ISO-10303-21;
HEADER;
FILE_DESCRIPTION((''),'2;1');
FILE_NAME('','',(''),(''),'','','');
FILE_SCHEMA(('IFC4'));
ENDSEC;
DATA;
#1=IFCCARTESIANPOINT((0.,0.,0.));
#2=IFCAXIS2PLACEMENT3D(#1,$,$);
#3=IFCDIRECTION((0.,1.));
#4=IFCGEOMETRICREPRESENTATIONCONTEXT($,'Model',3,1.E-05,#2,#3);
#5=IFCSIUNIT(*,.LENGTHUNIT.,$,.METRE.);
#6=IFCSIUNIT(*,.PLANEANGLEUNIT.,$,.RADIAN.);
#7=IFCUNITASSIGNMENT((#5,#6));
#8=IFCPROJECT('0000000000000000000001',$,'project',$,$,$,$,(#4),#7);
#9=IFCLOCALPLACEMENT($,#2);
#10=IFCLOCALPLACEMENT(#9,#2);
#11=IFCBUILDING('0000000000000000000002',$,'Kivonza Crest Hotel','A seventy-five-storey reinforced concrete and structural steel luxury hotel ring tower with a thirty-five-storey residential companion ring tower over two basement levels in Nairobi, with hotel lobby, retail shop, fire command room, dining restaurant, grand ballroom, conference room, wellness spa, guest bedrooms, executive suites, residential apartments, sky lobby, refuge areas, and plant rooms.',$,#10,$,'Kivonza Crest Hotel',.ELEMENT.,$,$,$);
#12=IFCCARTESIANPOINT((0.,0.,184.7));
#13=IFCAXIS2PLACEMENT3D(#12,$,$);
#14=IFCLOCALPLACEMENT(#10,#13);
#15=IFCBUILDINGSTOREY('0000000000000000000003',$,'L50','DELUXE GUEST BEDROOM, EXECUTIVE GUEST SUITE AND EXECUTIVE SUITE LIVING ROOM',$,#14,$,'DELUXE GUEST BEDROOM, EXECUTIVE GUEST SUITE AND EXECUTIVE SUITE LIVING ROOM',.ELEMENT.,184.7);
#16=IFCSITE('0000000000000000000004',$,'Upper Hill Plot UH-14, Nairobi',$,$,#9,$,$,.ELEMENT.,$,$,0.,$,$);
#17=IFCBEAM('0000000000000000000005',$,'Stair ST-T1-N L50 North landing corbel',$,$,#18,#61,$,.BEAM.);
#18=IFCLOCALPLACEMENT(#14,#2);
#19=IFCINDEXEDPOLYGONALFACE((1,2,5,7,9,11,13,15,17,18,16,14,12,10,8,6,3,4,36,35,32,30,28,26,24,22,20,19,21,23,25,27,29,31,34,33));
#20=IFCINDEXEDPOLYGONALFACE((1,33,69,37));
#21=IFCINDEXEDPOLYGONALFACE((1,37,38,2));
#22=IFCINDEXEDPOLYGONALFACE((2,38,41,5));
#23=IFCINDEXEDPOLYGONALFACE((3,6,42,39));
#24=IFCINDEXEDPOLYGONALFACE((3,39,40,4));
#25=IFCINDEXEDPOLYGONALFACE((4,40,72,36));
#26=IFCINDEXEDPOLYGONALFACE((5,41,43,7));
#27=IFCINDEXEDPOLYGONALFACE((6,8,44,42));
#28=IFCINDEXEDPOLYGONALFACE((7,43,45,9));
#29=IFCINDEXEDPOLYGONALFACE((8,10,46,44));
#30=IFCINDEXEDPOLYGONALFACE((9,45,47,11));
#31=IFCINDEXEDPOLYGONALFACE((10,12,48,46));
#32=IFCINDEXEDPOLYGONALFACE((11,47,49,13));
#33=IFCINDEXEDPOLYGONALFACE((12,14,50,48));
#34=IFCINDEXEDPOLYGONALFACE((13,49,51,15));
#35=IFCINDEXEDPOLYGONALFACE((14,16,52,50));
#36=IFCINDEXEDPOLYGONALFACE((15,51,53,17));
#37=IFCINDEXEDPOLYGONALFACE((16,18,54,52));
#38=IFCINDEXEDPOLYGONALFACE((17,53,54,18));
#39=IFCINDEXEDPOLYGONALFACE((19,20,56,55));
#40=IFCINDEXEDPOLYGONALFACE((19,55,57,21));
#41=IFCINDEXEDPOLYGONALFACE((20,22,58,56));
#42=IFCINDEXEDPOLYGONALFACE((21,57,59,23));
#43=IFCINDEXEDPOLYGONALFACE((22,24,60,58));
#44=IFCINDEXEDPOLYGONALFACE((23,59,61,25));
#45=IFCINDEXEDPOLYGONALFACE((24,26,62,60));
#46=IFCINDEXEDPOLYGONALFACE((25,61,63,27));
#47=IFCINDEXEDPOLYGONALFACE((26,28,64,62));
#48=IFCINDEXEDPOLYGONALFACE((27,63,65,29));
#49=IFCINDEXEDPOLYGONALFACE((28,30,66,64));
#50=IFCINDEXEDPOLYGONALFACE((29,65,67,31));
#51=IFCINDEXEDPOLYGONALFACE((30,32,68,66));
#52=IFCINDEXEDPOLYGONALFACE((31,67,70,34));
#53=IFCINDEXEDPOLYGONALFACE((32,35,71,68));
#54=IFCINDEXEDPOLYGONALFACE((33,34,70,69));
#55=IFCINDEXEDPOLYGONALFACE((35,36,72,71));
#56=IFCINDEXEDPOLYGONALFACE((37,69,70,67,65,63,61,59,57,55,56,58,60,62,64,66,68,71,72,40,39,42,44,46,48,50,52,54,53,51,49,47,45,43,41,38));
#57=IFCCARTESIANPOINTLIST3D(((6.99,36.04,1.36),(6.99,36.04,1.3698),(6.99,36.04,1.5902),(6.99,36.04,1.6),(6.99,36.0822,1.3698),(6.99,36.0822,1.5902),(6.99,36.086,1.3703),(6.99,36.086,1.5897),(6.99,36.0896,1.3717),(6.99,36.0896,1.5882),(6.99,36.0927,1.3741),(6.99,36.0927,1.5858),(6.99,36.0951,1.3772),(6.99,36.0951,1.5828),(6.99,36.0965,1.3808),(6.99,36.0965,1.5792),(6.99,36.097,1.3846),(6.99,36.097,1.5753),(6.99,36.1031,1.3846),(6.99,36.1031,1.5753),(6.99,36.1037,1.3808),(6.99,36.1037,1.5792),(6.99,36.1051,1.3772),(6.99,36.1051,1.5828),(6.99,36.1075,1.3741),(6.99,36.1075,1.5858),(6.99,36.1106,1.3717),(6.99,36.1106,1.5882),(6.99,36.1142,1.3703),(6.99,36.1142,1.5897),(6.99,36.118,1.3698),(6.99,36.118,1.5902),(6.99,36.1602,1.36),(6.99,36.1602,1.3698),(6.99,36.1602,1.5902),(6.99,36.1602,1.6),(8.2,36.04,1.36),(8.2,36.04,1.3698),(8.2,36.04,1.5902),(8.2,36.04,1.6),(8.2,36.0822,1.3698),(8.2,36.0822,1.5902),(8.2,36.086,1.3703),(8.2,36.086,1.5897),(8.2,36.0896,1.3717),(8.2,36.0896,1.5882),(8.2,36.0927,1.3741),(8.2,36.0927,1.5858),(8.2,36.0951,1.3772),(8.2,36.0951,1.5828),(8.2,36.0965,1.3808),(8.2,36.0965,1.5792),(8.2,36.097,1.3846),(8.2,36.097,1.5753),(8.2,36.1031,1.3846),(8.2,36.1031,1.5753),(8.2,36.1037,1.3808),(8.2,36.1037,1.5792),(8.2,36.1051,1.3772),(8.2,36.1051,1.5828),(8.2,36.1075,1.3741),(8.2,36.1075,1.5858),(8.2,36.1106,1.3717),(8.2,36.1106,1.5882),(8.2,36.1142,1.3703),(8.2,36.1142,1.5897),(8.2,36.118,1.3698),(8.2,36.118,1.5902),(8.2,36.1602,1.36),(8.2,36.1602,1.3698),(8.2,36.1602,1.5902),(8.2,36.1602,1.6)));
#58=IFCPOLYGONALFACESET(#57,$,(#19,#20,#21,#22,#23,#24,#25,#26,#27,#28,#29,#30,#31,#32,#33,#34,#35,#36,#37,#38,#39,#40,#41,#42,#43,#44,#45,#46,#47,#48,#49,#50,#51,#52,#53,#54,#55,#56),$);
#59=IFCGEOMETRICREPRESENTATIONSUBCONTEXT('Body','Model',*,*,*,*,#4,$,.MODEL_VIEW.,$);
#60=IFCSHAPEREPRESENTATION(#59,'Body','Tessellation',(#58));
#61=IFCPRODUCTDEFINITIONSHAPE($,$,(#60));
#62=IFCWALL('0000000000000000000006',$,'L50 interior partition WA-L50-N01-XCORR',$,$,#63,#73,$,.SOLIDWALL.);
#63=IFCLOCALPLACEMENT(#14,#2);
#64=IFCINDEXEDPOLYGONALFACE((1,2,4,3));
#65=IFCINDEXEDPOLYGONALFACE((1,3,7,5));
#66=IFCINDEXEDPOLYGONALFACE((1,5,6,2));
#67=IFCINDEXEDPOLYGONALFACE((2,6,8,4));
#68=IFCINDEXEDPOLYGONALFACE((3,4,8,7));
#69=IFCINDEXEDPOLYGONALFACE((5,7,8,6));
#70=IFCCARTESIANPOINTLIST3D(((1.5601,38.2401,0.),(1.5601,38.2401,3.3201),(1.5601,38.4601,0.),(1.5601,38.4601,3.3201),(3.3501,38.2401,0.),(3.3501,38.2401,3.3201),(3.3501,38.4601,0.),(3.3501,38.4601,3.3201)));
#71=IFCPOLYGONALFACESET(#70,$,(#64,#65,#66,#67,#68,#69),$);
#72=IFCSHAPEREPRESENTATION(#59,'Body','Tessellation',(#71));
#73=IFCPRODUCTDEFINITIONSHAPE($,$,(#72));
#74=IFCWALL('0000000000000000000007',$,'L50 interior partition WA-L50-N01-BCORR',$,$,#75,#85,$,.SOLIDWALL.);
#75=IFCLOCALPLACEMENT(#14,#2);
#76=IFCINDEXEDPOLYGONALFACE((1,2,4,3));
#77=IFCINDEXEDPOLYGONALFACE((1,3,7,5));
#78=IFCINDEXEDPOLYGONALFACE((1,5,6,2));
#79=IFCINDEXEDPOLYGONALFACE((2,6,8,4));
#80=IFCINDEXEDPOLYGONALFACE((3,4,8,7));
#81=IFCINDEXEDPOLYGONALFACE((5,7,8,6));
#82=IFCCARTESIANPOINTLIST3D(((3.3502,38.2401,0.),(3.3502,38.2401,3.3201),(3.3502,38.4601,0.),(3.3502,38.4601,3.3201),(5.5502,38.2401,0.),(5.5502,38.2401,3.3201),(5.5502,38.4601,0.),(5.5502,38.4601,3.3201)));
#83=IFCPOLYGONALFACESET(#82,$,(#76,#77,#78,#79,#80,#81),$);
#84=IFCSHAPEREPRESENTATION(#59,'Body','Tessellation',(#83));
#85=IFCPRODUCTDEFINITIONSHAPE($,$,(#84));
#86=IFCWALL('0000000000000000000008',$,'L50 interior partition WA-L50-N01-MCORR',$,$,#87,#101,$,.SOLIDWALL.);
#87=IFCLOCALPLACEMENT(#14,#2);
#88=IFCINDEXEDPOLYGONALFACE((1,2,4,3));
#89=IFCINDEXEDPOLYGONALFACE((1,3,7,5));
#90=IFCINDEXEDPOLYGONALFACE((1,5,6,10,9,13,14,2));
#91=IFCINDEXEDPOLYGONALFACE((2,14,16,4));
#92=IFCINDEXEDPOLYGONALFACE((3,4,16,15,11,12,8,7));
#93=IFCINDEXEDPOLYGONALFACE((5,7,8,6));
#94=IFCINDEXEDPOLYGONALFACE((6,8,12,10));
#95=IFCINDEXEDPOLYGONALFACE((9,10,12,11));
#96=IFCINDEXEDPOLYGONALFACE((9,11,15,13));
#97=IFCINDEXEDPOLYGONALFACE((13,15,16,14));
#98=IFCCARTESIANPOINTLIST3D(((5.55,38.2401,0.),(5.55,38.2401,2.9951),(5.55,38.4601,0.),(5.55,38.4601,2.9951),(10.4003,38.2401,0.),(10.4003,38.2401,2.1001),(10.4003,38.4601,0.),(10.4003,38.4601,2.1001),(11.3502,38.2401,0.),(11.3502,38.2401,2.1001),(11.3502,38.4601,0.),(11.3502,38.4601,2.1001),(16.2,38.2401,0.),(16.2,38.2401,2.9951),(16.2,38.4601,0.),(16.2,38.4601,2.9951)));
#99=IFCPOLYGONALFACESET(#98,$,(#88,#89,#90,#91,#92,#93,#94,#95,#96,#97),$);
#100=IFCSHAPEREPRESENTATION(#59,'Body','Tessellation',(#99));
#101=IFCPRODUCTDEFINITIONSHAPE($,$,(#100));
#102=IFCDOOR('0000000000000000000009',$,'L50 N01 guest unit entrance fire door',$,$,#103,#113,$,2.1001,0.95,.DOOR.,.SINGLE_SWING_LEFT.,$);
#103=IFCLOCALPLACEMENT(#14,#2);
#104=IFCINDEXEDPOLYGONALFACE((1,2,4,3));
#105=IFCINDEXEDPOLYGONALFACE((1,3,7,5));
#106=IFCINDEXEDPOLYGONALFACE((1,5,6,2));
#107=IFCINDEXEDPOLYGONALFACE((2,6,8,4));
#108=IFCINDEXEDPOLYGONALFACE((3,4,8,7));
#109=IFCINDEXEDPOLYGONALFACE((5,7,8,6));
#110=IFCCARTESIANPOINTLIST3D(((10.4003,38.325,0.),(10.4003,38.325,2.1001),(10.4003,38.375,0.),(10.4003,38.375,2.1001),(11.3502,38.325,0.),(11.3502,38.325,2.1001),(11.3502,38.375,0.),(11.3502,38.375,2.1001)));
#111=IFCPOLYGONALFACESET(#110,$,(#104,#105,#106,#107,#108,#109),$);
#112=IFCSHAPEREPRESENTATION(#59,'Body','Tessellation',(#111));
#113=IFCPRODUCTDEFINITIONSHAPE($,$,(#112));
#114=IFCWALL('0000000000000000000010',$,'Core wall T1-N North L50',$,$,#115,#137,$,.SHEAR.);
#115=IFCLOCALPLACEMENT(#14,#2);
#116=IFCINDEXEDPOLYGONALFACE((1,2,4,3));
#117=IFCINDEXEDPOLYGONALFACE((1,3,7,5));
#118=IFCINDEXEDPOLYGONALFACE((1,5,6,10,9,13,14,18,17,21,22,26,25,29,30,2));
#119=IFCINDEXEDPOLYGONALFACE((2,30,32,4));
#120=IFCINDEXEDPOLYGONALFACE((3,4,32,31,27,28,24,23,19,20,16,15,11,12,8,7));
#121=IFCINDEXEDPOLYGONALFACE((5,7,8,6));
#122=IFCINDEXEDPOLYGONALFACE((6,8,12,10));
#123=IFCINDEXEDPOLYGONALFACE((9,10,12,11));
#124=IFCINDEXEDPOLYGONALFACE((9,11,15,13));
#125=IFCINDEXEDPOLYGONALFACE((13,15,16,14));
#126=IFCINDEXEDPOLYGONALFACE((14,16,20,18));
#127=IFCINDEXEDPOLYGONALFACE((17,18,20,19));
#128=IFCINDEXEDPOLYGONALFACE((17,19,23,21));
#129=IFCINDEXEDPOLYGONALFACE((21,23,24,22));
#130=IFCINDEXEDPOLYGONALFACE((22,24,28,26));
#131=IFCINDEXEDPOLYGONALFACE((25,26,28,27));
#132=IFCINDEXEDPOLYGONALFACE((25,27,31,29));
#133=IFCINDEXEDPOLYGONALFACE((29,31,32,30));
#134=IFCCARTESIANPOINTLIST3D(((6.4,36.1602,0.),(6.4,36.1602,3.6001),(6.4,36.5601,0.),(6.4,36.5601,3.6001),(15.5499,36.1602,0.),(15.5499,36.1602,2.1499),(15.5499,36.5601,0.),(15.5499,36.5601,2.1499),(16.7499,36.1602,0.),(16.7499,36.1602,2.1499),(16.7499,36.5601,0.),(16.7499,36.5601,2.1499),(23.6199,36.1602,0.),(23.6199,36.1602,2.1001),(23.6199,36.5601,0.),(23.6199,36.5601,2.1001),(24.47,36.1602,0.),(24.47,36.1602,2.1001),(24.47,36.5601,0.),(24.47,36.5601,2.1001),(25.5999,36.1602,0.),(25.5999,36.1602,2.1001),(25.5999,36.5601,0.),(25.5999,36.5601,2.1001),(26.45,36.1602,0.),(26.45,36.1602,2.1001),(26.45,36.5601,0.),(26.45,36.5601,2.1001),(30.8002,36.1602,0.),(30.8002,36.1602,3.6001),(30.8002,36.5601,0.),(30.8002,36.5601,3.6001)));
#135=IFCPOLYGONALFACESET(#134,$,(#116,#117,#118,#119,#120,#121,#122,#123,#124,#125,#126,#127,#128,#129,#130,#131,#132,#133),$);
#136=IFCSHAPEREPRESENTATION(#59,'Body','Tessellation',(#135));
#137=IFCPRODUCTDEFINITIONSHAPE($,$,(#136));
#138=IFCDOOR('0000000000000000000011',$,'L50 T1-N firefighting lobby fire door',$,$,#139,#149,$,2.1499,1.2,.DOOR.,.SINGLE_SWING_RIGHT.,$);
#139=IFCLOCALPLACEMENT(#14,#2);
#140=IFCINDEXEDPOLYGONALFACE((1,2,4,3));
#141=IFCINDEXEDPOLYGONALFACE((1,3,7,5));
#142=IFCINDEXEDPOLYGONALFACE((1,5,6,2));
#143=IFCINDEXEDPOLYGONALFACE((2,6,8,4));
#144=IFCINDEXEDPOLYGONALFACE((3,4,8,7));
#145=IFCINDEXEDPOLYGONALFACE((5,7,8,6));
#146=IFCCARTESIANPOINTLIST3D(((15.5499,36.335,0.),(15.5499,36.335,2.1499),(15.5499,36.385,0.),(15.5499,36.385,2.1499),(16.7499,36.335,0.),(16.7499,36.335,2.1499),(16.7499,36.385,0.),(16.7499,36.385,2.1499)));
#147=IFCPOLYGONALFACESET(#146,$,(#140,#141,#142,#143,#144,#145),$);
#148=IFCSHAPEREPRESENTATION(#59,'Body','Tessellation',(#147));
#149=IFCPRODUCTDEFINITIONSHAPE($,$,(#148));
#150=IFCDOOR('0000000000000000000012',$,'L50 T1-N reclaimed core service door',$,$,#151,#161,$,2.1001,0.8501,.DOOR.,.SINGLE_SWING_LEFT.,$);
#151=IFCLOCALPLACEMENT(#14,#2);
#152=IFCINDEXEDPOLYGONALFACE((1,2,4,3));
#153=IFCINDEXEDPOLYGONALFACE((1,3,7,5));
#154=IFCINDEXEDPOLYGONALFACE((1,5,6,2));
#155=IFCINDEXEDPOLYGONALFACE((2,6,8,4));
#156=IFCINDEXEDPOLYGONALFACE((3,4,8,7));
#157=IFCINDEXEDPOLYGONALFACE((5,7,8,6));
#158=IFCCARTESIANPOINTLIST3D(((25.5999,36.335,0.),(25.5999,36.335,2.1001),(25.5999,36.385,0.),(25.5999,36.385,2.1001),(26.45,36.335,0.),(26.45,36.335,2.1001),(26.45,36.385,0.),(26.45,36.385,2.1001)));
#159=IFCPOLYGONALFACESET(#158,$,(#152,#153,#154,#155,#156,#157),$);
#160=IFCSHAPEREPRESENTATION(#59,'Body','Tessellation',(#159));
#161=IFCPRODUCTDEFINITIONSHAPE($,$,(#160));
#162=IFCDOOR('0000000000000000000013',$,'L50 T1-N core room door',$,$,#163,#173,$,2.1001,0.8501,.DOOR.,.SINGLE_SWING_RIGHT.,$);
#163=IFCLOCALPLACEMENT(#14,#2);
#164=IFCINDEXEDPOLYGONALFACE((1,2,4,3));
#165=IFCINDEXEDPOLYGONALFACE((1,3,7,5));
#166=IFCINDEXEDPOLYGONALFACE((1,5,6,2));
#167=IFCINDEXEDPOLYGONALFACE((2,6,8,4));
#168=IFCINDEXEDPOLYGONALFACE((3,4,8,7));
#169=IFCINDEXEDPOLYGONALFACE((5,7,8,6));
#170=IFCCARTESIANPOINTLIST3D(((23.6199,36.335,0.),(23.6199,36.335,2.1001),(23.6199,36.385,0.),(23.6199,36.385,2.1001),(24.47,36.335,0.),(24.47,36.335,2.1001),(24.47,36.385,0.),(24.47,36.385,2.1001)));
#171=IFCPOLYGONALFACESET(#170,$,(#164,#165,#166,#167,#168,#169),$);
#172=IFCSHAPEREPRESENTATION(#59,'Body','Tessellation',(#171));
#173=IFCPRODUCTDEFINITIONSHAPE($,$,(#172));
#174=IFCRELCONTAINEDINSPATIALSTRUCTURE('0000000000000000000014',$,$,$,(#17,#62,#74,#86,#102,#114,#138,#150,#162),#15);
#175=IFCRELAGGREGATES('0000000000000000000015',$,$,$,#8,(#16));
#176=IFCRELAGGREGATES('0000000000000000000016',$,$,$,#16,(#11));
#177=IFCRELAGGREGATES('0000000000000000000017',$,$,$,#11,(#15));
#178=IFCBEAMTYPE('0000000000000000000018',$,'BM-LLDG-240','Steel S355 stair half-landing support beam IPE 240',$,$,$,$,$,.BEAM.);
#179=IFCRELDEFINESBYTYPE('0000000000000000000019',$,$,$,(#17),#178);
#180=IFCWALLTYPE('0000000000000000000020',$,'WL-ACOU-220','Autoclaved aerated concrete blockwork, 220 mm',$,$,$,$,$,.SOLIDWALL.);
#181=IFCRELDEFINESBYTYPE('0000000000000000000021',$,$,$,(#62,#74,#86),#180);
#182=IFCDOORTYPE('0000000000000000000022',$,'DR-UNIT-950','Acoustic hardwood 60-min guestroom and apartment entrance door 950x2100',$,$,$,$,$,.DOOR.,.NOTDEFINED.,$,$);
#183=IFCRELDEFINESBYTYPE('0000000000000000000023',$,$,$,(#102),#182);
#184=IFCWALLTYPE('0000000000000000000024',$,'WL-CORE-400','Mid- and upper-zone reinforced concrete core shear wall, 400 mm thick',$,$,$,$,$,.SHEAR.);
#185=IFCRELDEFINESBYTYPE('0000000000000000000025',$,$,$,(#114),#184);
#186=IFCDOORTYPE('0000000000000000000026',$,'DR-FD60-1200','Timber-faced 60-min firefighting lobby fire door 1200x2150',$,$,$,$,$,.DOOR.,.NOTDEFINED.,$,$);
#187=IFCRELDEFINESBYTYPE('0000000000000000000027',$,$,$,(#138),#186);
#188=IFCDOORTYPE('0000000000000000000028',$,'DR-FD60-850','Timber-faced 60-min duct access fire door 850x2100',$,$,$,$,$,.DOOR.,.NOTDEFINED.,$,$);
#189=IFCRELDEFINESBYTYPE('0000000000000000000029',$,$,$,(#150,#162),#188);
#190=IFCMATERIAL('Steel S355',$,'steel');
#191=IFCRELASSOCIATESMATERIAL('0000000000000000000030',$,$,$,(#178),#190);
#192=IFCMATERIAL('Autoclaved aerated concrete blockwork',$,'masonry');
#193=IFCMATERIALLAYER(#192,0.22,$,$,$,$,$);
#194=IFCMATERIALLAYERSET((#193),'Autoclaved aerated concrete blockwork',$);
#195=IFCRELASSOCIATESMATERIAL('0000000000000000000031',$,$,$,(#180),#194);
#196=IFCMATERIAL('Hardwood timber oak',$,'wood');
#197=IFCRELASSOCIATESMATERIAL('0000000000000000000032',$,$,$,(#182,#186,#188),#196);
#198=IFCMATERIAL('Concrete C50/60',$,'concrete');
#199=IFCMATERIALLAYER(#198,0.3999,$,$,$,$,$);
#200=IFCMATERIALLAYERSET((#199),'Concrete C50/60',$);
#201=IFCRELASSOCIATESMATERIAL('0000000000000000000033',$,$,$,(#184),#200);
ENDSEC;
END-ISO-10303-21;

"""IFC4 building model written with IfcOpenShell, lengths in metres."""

from ifc_helpers import new_model, si_unit, direction, frame, frame_2d, origin, origin_2d, place, context, subcontext, project, spatial, rectangle, i_section, extrude, material, layer, layer_set, material_profile, profile_set, type_object, element, fill, save


model = new_model("IFC4")

# Units and contexts
model_context = context("Model", 3, precision=1e-05, world=origin(), true_north=direction((0.0, 1.0)))
body_context = subcontext(model_context, "Body", "Model", "MODEL_VIEW")
ifc_project = project(units=[si_unit("LENGTHUNIT", "METRE"), si_unit("PLANEANGLEUNIT", "RADIAN")], contexts=[model_context])

# Site, building, storey
site_placement = place(None, origin())
site = spatial("IfcSite", under=ifc_project, at=site_placement, Name="Upper Hill Plot UH-14, Nairobi", CompositionType="ELEMENT", RefElevation=0.0)
building_placement = place(site_placement, origin())
building = spatial("IfcBuilding", under=site, at=building_placement, Name="Kivonza Crest Hotel", Description="A seventy-five-storey reinforced concrete and structural steel luxury hotel ring tower with a thirty-five-storey residential companion ring tower over two basement levels in Nairobi, with hotel lobby, retail shop, fire command room, dining restaurant, grand ballroom, conference room, wellness spa, guest bedrooms, executive suites, residential apartments, sky lobby, refuge areas, and plant rooms.", LongName="Kivonza Crest Hotel", CompositionType="ELEMENT")
storey_placement = place(building_placement, frame((0.0, 0.0, 184.7)))
storey = spatial("IfcBuildingStorey", under=building, at=storey_placement, Name="L50", Description="DELUXE GUEST BEDROOM, EXECUTIVE GUEST SUITE AND EXECUTIVE SUITE LIVING ROOM", LongName="DELUXE GUEST BEDROOM, EXECUTIVE GUEST SUITE AND EXECUTIVE SUITE LIVING ROOM", CompositionType="ELEMENT", Elevation=184.7)

# Beam
ifc_material_1 = material(Name="Steel S355", Category="steel")
ifc_material_profile = material_profile(ifc_material_1, i_section(OverallWidth=0.1201, OverallDepth=0.24, WebThickness=0.0061, FlangeThickness=0.0098, FilletRadius=0.0149, at=origin_2d()), Name="IPE 240")
ifc_profile_set = profile_set([ifc_material_profile], Name="Steel S355")
beam_type = type_object("IfcBeamType", Name="BM-LLDG-240", Description="Steel S355 stair half-landing support beam IPE 240", PredefinedType="BEAM", material=ifc_profile_set)
beam_placement = place(storey_placement, frame((6.99, 36.1001, 1.48), z_axis=(1.0, 0.0, 0.0), x_axis=(0.0, 1.0, 0.0)))
element("IfcBeam", 1, at=beam_placement, inside=storey, type_object=beam_type, Name="Stair ST-T1-N L50 North landing corbel", PredefinedType="BEAM", context=body_context, shape_type="SweptSolid", body=[
    extrude(i_section(OverallWidth=0.1201, OverallDepth=0.24, WebThickness=0.0061, FlangeThickness=0.0098, FilletRadius=0.0149, at=origin_2d()), origin(), (0.0, 0.0, 1.0), 1.21),
])

# Walls
ifc_material_2 = material(Name="Autoclaved aerated concrete blockwork", Category="masonry")
ifc_layer_1 = layer(ifc_material_2, 0.22)
ifc_layer_set_1 = layer_set([ifc_layer_1], Name="Autoclaved aerated concrete blockwork")
wall_type_1 = type_object("IfcWallType", Name="WL-ACOU-220", Description="Autoclaved aerated concrete blockwork, 220 mm", PredefinedType="SOLIDWALL", material=ifc_layer_set_1)
wall_1_placement = place(storey_placement, frame((1.5601, 38.3501, 0.0), z_axis=(0.0, 0.0, 1.0), x_axis=(1.0, 0.0, 0.0)))
element("IfcWall", 2, at=wall_1_placement, inside=storey, type_object=wall_type_1, Name="L50 interior partition WA-L50-N01-XCORR", PredefinedType="SOLIDWALL", context=body_context, shape_type="SweptSolid", body=[
    extrude(rectangle(XDim=1.79, YDim=0.22, at=frame_2d((0.895, 0.0))), origin(), (0.0, 0.0, 1.0), 3.3201),
])
wall_2_placement = place(storey_placement, frame((3.3501, 38.3501, 0.0), z_axis=(0.0, 0.0, 1.0), x_axis=(1.0, 0.0, 0.0)))
element("IfcWall", 3, at=wall_2_placement, inside=storey, type_object=wall_type_1, Name="L50 interior partition WA-L50-N01-BCORR", PredefinedType="SOLIDWALL", context=body_context, shape_type="SweptSolid", body=[
    extrude(rectangle(XDim=2.2, YDim=0.22, at=frame_2d((1.1001, 0.0))), origin(), (0.0, 0.0, 1.0), 3.3201),
])

# Wall, opening, door
wall_3_placement = place(storey_placement, frame((5.55, 38.3501, 0.0), z_axis=(0.0, 0.0, 1.0), x_axis=(1.0, 0.0, 0.0)))
wall_3 = element("IfcWall", 4, at=wall_3_placement, inside=storey, type_object=wall_type_1, Name="L50 interior partition WA-L50-N01-MCORR", PredefinedType="SOLIDWALL", context=body_context, shape_type="SweptSolid", body=[
    extrude(rectangle(XDim=10.6499, YDim=0.22, at=frame_2d((5.325, 0.0))), origin(), (0.0, 0.0, 1.0), 2.9951),
])
opening_1_placement = place(wall_3_placement, frame((4.8501, 0.0, 0.0)))
opening_1 = element("IfcOpeningElement", 5, at=opening_1_placement, cuts=wall_3, PredefinedType="OPENING", context=body_context, shape_type="SweptSolid", body=[
    extrude(rectangle(XDim=0.95, YDim=2.1001, at=frame_2d((0.4751, 1.05))), frame((0.0, 0.1201, 0.0), z_axis=(0.0, -1.0, 0.0), x_axis=(1.0, 0.0, 0.0)), (0.0, 0.0, 1.0), 0.24),
])
ifc_material_3 = material(Name="Hardwood timber oak", Category="wood")
door_type_1 = type_object("IfcDoorType", Name="DR-UNIT-950", Description="Acoustic hardwood 60-min guestroom and apartment entrance door 950x2100", OperationType="NOTDEFINED", PredefinedType="DOOR", material=ifc_material_3)
door_1_placement = place(opening_1_placement, origin())
door_1 = element("IfcDoor", 6, at=door_1_placement, inside=storey, type_object=door_type_1, Name="L50 N01 guest unit entrance fire door", OperationType="SINGLE_SWING_LEFT", OverallHeight=2.1001, OverallWidth=0.95, PredefinedType="DOOR", context=body_context, shape_type="SweptSolid", body=[
    extrude(rectangle(XDim=0.95, YDim=2.1001, at=frame_2d((0.4751, 1.05))), frame((0.0, 0.0249, 0.0), z_axis=(0.0, -1.0, 0.0), x_axis=(1.0, 0.0, 0.0)), (0.0, 0.0, 1.0), 0.05),
])
fill(opening_1, door_1)

# Wall, openings, doors
ifc_material_4 = material(Name="Concrete C50/60", Category="concrete")
ifc_layer_2 = layer(ifc_material_4, 0.3999)
ifc_layer_set_2 = layer_set([ifc_layer_2], Name="Concrete C50/60")
wall_type_2 = type_object("IfcWallType", Name="WL-CORE-400", Description="Mid- and upper-zone reinforced concrete core shear wall, 400 mm thick", PredefinedType="SHEAR", material=ifc_layer_set_2)
wall_4_placement = place(storey_placement, frame((6.3999, 36.3601, 0.0), z_axis=(0.0, 0.0, 1.0), x_axis=(1.0, 0.0, 0.0)))
wall_4 = element("IfcWall", 7, at=wall_4_placement, inside=storey, type_object=wall_type_2, Name="Core wall T1-N North L50", PredefinedType="SHEAR", context=body_context, shape_type="SweptSolid", body=[
    extrude(rectangle(XDim=24.4001, YDim=0.3999, at=frame_2d((12.2002, 0.0))), origin(), (0.0, 0.0, 1.0), 3.6001),
])
opening_2_placement = place(wall_4_placement, frame((9.1499, 0.0, 0.0)))
opening_2 = element("IfcOpeningElement", 8, at=opening_2_placement, cuts=wall_4, PredefinedType="OPENING", context=body_context, shape_type="SweptSolid", body=[
    extrude(rectangle(XDim=1.2, YDim=2.1499, at=frame_2d((0.6001, 1.075))), frame((0.0, 0.21, 0.0), z_axis=(0.0, -1.0, 0.0), x_axis=(1.0, 0.0, 0.0)), (0.0, 0.0, 1.0), 0.4199),
])
opening_3_placement = place(wall_4_placement, frame((19.2, 0.0, 0.0)))
opening_3 = element("IfcOpeningElement", 9, at=opening_3_placement, cuts=wall_4, PredefinedType="OPENING", context=body_context, shape_type="SweptSolid", body=[
    extrude(rectangle(XDim=0.8501, YDim=2.1001, at=frame_2d((0.425, 1.05))), frame((0.0, 0.21, 0.0), z_axis=(0.0, -1.0, 0.0), x_axis=(1.0, 0.0, 0.0)), (0.0, 0.0, 1.0), 0.4199),
])
opening_4_placement = place(wall_4_placement, frame((17.22, 0.0, 0.0)))
opening_4 = element("IfcOpeningElement", 10, at=opening_4_placement, cuts=wall_4, PredefinedType="OPENING", context=body_context, shape_type="SweptSolid", body=[
    extrude(rectangle(XDim=0.8501, YDim=2.1001, at=frame_2d((0.425, 1.05))), frame((0.0, 0.21, 0.0), z_axis=(0.0, -1.0, 0.0), x_axis=(1.0, 0.0, 0.0)), (0.0, 0.0, 1.0), 0.4199),
])
door_type_2 = type_object("IfcDoorType", Name="DR-FD60-1200", Description="Timber-faced 60-min firefighting lobby fire door 1200x2150", OperationType="NOTDEFINED", PredefinedType="DOOR", material=ifc_material_3)
door_2_placement = place(opening_2_placement, origin())
door_2 = element("IfcDoor", 11, at=door_2_placement, inside=storey, type_object=door_type_2, Name="L50 T1-N firefighting lobby fire door", OperationType="SINGLE_SWING_RIGHT", OverallHeight=2.1499, OverallWidth=1.2, PredefinedType="DOOR", context=body_context, shape_type="SweptSolid", body=[
    extrude(rectangle(XDim=1.2, YDim=2.1499, at=frame_2d((0.6001, 1.075))), frame((0.0, 0.0249, 0.0), z_axis=(0.0, -1.0, 0.0), x_axis=(1.0, 0.0, 0.0)), (0.0, 0.0, 1.0), 0.05),
])
fill(opening_2, door_2)
door_type_3 = type_object("IfcDoorType", Name="DR-FD60-850", Description="Timber-faced 60-min duct access fire door 850x2100", OperationType="NOTDEFINED", PredefinedType="DOOR", material=ifc_material_3)
door_3_placement = place(opening_3_placement, origin())
door_3 = element("IfcDoor", 12, at=door_3_placement, inside=storey, type_object=door_type_3, Name="L50 T1-N reclaimed core service door", OperationType="SINGLE_SWING_LEFT", OverallHeight=2.1001, OverallWidth=0.8501, PredefinedType="DOOR", context=body_context, shape_type="SweptSolid", body=[
    extrude(rectangle(XDim=0.8501, YDim=2.1001, at=frame_2d((0.425, 1.05))), frame((0.0, 0.0249, 0.0), z_axis=(0.0, -1.0, 0.0), x_axis=(1.0, 0.0, 0.0)), (0.0, 0.0, 1.0), 0.05),
])
fill(opening_3, door_3)
door_4_placement = place(opening_4_placement, origin())
door_4 = element("IfcDoor", 13, at=door_4_placement, inside=storey, type_object=door_type_3, Name="L50 T1-N core room door", OperationType="SINGLE_SWING_RIGHT", OverallHeight=2.1001, OverallWidth=0.8501, PredefinedType="DOOR", context=body_context, shape_type="SweptSolid", body=[
    extrude(rectangle(XDim=0.8501, YDim=2.1001, at=frame_2d((0.425, 1.05))), frame((0.0, 0.0249, 0.0), z_axis=(0.0, -1.0, 0.0), x_axis=(1.0, 0.0, 0.0)), (0.0, 0.0, 1.0), 0.05),
])
fill(opening_4, door_4)

save(model, "model.ifc")
